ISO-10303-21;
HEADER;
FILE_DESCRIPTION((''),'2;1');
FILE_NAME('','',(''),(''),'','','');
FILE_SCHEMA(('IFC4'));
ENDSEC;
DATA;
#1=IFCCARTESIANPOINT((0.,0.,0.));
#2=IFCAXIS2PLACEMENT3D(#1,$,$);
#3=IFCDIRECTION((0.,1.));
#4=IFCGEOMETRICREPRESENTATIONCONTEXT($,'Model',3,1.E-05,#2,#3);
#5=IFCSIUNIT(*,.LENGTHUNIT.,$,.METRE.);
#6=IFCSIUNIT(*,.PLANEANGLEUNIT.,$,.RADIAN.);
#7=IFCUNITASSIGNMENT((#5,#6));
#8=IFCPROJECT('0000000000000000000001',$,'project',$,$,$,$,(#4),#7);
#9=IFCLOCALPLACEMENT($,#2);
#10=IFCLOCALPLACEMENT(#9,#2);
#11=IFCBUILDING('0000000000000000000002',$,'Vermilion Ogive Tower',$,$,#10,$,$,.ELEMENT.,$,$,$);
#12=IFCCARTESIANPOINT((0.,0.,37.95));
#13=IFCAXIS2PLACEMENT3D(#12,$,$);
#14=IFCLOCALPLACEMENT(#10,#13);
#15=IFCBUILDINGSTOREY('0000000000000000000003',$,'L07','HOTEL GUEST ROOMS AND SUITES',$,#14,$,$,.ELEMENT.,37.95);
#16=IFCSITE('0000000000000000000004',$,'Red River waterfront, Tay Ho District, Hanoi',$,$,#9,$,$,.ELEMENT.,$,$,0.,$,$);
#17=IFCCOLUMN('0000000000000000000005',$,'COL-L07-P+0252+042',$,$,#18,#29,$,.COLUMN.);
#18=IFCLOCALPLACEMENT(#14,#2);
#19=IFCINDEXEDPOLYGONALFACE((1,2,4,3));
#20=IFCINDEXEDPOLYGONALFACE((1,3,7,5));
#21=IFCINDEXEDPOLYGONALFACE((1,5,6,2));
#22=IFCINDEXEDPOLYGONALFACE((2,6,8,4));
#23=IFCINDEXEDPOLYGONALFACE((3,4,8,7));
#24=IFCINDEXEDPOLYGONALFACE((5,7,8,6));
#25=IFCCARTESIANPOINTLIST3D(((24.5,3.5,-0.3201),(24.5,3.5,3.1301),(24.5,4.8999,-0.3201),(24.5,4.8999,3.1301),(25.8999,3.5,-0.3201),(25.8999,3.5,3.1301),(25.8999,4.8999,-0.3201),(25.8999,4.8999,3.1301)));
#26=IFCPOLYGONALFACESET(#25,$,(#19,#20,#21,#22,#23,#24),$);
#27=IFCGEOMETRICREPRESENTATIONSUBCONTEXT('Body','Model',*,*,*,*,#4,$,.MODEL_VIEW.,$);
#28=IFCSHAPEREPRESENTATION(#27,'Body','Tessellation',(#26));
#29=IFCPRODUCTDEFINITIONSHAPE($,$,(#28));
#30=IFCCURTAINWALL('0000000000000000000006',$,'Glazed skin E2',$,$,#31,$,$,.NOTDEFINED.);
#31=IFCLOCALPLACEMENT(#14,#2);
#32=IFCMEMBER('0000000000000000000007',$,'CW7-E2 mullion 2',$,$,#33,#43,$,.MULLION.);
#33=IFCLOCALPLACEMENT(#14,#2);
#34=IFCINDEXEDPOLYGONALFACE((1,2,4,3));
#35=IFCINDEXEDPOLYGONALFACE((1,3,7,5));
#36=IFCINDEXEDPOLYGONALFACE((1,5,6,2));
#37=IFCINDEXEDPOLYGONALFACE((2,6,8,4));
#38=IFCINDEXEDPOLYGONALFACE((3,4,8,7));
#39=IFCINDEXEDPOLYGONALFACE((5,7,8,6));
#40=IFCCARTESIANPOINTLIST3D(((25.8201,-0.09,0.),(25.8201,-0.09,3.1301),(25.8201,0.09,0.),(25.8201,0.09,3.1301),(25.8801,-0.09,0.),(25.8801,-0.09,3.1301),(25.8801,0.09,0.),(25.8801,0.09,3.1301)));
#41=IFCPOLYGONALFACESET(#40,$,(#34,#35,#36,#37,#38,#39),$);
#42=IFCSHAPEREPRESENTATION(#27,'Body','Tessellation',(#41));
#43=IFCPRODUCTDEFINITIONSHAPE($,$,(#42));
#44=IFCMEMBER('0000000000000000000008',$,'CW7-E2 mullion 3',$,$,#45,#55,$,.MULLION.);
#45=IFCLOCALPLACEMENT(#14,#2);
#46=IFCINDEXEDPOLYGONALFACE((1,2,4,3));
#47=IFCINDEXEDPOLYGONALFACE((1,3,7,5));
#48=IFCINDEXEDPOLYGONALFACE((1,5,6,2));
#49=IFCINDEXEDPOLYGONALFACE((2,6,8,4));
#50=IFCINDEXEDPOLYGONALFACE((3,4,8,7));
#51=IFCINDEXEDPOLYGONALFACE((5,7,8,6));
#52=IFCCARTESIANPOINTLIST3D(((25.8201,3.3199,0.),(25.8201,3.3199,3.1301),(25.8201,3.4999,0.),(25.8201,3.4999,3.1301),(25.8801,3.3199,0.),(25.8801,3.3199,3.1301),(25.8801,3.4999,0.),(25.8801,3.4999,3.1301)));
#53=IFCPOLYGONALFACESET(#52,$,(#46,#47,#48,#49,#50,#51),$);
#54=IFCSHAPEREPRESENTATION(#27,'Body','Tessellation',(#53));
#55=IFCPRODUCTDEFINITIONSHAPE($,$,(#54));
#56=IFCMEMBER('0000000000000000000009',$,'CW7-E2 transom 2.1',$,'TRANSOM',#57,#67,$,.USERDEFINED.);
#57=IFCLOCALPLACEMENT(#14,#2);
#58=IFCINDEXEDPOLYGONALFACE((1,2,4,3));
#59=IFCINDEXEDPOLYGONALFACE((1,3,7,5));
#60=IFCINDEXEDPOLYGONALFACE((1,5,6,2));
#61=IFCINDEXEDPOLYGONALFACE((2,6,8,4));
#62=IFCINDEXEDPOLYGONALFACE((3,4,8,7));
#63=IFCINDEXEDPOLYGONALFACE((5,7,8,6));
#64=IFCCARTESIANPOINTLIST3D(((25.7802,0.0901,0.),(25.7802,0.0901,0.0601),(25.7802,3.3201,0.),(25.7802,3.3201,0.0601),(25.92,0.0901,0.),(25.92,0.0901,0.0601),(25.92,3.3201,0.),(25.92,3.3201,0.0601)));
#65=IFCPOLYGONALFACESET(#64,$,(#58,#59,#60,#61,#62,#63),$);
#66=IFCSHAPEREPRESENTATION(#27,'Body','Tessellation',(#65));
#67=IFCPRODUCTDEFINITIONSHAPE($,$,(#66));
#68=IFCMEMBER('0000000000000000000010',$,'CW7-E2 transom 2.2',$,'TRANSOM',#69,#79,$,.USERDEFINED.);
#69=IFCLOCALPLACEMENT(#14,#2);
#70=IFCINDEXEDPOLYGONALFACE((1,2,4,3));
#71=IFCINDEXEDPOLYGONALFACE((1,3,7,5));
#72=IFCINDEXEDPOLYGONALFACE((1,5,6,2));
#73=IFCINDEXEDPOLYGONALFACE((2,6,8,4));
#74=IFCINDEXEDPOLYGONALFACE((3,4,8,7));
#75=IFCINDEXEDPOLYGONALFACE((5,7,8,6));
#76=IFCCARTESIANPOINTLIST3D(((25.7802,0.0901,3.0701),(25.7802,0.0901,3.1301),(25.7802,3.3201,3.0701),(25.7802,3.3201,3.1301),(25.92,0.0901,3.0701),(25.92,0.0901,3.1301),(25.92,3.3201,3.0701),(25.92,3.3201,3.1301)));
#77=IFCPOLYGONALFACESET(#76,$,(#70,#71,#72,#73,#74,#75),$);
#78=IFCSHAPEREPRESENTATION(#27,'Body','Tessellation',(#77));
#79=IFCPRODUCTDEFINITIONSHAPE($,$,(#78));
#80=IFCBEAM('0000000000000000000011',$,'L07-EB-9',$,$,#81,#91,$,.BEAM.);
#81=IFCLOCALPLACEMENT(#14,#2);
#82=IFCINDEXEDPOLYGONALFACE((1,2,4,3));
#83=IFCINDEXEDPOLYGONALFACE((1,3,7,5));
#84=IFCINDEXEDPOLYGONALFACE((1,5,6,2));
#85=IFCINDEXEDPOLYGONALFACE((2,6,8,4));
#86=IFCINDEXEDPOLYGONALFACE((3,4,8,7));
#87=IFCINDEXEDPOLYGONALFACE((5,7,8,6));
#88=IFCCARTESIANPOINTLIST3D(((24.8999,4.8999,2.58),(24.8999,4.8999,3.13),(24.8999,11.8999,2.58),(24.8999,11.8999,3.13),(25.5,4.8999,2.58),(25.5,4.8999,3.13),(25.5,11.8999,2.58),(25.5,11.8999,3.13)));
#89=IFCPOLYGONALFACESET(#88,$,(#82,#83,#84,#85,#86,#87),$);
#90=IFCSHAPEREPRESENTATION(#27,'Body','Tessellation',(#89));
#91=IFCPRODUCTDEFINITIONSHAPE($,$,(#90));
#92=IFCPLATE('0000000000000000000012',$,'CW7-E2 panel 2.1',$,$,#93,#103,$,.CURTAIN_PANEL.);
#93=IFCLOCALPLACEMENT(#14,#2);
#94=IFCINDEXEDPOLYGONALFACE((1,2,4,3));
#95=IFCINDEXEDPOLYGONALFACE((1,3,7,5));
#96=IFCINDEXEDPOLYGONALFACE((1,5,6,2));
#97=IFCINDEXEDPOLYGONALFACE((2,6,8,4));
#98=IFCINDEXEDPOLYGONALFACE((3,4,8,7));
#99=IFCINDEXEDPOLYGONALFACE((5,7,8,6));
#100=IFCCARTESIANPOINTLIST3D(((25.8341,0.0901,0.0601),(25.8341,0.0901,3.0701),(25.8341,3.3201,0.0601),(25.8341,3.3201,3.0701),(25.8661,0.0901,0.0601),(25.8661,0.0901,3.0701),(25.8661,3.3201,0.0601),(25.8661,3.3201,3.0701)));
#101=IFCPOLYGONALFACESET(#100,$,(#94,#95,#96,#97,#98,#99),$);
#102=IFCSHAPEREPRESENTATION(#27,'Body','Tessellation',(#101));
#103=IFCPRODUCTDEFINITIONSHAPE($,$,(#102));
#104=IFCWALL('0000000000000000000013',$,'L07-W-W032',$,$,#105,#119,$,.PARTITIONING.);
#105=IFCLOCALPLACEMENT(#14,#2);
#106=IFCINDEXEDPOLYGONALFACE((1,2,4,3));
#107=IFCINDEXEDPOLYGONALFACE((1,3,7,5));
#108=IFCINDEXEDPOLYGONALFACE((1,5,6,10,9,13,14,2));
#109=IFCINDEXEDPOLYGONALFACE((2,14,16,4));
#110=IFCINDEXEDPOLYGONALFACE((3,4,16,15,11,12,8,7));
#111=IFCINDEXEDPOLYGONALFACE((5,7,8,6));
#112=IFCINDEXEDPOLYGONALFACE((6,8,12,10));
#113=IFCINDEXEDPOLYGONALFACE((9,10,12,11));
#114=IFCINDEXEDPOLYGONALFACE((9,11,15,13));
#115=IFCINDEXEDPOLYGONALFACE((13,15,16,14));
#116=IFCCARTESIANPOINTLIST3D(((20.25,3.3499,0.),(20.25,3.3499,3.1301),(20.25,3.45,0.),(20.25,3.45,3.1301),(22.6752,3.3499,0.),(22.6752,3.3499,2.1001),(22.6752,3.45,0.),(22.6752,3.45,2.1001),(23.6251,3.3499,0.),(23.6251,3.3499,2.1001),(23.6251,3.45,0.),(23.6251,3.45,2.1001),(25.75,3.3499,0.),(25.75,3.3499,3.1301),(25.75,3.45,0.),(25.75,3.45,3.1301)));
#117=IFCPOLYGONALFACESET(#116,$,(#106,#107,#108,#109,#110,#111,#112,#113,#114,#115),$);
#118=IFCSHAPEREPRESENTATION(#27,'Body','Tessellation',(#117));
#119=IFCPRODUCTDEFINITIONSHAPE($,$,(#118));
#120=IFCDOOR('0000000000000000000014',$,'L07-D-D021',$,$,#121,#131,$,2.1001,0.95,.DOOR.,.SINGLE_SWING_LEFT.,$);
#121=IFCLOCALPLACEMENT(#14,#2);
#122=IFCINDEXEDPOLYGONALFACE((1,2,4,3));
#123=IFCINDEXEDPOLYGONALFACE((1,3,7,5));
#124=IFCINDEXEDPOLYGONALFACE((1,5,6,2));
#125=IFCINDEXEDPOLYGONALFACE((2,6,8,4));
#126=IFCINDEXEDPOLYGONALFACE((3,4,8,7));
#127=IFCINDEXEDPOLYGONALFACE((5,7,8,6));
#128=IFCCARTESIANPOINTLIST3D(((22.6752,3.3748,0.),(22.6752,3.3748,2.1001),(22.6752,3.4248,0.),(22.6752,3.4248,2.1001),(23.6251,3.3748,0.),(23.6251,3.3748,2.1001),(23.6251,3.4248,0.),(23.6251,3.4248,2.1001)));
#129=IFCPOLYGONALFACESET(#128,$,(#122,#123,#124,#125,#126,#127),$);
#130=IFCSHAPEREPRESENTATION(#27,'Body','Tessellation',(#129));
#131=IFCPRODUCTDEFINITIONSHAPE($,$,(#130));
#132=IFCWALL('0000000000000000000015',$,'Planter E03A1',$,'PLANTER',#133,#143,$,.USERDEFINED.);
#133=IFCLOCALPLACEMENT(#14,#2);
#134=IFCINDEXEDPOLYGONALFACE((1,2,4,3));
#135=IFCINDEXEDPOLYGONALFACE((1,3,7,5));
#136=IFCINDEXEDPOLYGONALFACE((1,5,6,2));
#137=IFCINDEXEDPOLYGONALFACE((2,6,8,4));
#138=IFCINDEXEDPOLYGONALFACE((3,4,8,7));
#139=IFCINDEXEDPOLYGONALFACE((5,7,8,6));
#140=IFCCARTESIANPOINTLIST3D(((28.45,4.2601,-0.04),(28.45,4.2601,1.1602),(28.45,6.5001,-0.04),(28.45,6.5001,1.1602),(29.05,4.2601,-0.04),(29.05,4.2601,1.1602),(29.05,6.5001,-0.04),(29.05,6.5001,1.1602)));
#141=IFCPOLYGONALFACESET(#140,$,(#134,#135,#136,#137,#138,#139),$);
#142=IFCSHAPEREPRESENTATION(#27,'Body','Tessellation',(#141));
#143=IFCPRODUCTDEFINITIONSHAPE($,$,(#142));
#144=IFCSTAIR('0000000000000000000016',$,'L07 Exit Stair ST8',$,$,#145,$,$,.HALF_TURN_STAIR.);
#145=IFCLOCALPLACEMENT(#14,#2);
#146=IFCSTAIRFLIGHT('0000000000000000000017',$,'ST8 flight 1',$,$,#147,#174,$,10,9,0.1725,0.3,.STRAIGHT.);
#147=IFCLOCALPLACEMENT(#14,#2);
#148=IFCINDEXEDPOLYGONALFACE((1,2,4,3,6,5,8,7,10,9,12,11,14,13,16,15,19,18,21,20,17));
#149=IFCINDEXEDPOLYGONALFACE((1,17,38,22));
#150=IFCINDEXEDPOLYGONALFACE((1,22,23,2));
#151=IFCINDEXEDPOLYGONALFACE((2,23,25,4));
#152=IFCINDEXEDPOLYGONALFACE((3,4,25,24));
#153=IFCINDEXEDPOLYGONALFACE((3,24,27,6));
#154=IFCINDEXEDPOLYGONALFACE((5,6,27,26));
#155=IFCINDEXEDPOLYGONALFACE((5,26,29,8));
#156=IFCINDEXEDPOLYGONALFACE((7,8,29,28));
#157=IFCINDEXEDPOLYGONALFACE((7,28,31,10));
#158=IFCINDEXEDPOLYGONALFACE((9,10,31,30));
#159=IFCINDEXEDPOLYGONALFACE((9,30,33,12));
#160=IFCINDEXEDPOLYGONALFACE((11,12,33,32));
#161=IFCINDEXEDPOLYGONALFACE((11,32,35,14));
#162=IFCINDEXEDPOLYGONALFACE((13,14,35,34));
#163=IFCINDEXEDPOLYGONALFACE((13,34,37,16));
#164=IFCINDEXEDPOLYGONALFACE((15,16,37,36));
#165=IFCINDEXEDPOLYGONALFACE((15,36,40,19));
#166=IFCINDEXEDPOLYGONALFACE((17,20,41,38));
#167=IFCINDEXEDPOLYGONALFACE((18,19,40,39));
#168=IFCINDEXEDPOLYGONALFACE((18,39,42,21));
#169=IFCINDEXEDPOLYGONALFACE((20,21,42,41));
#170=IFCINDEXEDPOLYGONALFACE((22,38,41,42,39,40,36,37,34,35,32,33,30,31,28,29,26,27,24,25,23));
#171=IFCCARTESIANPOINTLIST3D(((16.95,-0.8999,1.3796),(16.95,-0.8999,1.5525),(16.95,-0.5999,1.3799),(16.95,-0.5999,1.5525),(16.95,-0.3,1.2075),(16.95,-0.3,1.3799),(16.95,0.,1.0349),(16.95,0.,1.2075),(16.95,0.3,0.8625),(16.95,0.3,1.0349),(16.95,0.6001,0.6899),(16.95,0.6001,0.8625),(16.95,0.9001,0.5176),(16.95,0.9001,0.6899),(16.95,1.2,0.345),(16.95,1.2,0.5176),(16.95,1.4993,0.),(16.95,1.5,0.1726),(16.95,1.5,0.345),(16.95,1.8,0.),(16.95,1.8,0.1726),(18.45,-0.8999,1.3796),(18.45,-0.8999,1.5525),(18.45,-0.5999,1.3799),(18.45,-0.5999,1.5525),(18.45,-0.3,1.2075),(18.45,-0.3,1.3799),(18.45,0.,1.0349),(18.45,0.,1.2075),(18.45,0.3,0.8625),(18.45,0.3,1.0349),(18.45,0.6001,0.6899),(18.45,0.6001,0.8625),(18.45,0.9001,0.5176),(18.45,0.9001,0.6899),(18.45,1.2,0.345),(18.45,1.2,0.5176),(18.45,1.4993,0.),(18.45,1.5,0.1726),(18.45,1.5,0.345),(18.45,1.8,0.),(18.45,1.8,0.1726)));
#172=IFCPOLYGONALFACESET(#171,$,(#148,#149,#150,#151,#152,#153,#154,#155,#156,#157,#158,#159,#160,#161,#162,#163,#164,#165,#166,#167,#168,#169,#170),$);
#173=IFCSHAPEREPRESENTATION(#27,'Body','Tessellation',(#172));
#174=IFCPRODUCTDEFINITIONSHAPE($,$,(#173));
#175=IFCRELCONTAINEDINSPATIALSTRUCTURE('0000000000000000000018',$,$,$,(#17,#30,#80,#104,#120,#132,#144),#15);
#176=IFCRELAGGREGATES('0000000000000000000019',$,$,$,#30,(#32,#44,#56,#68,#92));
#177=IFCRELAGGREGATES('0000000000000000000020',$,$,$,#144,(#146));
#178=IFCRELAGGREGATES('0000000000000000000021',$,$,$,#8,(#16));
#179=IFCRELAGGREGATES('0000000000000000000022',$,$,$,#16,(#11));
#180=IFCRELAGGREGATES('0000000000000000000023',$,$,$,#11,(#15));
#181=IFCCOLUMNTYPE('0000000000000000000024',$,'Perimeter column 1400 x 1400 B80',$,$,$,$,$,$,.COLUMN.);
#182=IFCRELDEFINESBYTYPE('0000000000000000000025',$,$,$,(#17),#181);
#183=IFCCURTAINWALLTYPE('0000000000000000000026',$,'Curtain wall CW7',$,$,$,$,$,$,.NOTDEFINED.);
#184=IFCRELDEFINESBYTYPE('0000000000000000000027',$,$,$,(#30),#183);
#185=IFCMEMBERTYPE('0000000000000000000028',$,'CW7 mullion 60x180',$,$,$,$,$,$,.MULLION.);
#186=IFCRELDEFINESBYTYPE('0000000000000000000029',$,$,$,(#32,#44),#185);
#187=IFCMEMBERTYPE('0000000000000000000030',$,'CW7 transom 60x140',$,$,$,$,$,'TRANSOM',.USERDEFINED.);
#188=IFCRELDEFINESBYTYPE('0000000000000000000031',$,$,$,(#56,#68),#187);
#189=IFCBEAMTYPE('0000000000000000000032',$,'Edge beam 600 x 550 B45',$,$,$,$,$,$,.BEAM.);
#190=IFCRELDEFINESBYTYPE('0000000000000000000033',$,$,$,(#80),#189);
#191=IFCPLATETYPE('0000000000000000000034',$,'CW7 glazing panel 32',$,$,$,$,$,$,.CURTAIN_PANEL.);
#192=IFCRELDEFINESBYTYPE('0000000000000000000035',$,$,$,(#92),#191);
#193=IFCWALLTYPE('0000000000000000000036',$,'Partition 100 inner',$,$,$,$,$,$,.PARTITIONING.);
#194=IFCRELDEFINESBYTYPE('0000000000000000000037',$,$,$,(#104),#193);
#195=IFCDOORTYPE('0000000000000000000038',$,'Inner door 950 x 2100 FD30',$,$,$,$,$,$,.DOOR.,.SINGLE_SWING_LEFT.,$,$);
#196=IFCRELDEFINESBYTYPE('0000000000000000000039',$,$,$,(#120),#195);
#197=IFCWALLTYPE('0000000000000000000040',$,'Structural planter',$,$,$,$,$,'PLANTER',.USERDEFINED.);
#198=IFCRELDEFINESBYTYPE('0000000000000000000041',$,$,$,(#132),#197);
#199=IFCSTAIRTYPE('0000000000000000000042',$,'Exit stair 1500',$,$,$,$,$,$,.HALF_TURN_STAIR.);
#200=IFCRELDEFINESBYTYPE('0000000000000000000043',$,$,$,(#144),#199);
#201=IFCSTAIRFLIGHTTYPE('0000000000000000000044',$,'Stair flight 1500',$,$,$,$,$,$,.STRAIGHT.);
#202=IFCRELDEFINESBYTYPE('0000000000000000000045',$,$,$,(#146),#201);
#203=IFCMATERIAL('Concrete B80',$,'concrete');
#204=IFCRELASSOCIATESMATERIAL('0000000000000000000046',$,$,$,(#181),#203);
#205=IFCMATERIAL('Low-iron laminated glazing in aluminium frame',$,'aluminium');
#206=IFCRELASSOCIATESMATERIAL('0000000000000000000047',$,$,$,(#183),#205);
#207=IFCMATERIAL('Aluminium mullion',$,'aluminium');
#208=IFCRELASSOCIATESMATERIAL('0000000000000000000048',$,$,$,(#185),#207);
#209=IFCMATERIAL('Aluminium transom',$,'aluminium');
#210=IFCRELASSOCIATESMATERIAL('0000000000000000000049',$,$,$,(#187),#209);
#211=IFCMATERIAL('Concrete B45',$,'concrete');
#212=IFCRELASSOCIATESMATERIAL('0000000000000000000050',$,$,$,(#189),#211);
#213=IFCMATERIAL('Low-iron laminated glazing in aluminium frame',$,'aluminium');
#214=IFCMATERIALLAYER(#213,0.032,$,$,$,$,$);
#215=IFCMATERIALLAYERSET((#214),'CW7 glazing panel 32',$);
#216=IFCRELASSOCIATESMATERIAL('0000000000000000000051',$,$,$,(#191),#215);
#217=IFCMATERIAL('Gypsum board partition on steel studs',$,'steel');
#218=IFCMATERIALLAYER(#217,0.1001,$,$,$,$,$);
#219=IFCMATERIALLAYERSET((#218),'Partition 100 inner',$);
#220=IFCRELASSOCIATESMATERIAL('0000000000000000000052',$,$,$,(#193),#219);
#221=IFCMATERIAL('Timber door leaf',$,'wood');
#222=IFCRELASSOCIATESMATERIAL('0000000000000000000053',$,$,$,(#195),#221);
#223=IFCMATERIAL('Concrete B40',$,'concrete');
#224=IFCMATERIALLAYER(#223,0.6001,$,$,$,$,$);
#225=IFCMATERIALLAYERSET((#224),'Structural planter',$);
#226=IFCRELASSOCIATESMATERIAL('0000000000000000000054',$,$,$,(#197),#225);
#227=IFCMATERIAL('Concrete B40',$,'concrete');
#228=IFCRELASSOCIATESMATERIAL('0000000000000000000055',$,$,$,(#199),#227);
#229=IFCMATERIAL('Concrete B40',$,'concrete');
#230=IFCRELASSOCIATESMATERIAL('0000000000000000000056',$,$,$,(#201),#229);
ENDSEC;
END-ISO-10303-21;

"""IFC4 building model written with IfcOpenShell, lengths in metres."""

from ifc_helpers import new_model, si_unit, direction, frame, frame_2d, origin, origin_2d, place, context, subcontext, project, spatial, polyline, rectangle, outline, extrude, material, layer, layer_set, material_profile, profile_set, type_object, element, fill, aggregate, save


model = new_model("IFC4")

# Units and contexts
model_context = context("Model", 3, precision=1e-05, world=origin(), true_north=direction((0.0, 1.0)))
body_context = subcontext(model_context, "Body", "Model", "MODEL_VIEW")
ifc_project = project(units=[si_unit("LENGTHUNIT", "METRE"), si_unit("PLANEANGLEUNIT", "RADIAN")], contexts=[model_context])

# Site, building, storey
site_placement = place(None, origin())
site = spatial("IfcSite", under=ifc_project, at=site_placement, Name="Red River waterfront, Tay Ho District, Hanoi", CompositionType="ELEMENT", RefElevation=0.0)
building_placement = place(site_placement, origin())
building = spatial("IfcBuilding", under=site, at=building_placement, Name="Vermilion Ogive Tower", CompositionType="ELEMENT")
storey_placement = place(building_placement, frame((0.0, 0.0, 37.95)))
storey = spatial("IfcBuildingStorey", under=building, at=storey_placement, Name="L07", Description="HOTEL GUEST ROOMS AND SUITES", CompositionType="ELEMENT", Elevation=37.95)

# Column
ifc_material_1 = material(Name="Concrete B80", Category="concrete")
ifc_material_profile_1 = material_profile(ifc_material_1, rectangle(XDim=1.3999, YDim=1.3999, at=origin_2d()), Name="1400 x 1400")
ifc_profile_set_1 = profile_set([ifc_material_profile_1], Name="Concrete B80")
column_type = type_object("IfcColumnType", Name="Perimeter column 1400 x 1400 B80", PredefinedType="COLUMN", material=ifc_profile_set_1)
column_placement = place(storey_placement, frame((25.2, 4.2, -0.3201), z_axis=(0.0, 0.0, 1.0), x_axis=(1.0, 0.0, 0.0)))
element("IfcColumn", 1, at=column_placement, inside=storey, type_object=column_type, Name="COL-L07-P+0252+042", PredefinedType="COLUMN", context=body_context, shape_type="SweptSolid", body=[
    extrude(rectangle(XDim=1.3999, YDim=1.3999, at=origin_2d()), origin(), (0.0, 0.0, 1.0), 3.4502),
])

# Curtain wall, members
ifc_material_2 = material(Name="Low-iron laminated glazing in aluminium frame", Category="aluminium")
curtain_wall_type = type_object("IfcCurtainWallType", Name="Curtain wall CW7", PredefinedType="NOTDEFINED", material=ifc_material_2)
curtain_wall_placement = place(storey_placement, origin())
curtain_wall = element("IfcCurtainWall", 2, at=curtain_wall_placement, inside=storey, type_object=curtain_wall_type, Name="Glazed skin E2", PredefinedType="NOTDEFINED")
ifc_material_3 = material(Name="Aluminium mullion", Category="aluminium")
ifc_material_profile_2 = material_profile(ifc_material_3, rectangle(XDim=0.0601, YDim=0.1799, at=origin_2d()), Name="AL 60x180")
ifc_profile_set_2 = profile_set([ifc_material_profile_2], Name="Aluminium mullion")
member_type_1 = type_object("IfcMemberType", Name="CW7 mullion 60x180", PredefinedType="MULLION", material=ifc_profile_set_2)
member_1_placement = place(storey_placement, frame((25.8501, 0.0, 0.0), z_axis=(0.0, 0.0, 1.0), x_axis=(-1.0, 0.0, 0.0)))
member_1 = element("IfcMember", 3, at=member_1_placement, type_object=member_type_1, Name="CW7-E2 mullion 2", PredefinedType="MULLION", context=body_context, shape_type="SweptSolid", body=[
    extrude(rectangle(XDim=0.0601, YDim=0.1799, at=origin_2d()), origin(), (0.0, 0.0, 1.0), 3.1301),
])
member_2_placement = place(storey_placement, frame((25.8501, 3.4099, 0.0), z_axis=(0.0, 0.0, 1.0), x_axis=(-1.0, 0.0, 0.0)))
member_2 = element("IfcMember", 4, at=member_2_placement, type_object=member_type_1, Name="CW7-E2 mullion 3", PredefinedType="MULLION", context=body_context, shape_type="SweptSolid", body=[
    extrude(rectangle(XDim=0.0601, YDim=0.1799, at=origin_2d()), origin(), (0.0, 0.0, 1.0), 3.1301),
])
ifc_material_4 = material(Name="Aluminium transom", Category="aluminium")
ifc_material_profile_3 = material_profile(ifc_material_4, rectangle(XDim=0.1399, YDim=0.0601, at=origin_2d()), Name="AL 60x140")
ifc_profile_set_3 = profile_set([ifc_material_profile_3], Name="Aluminium transom")
member_type_2 = type_object("IfcMemberType", Name="CW7 transom 60x140", ElementType="TRANSOM", PredefinedType="USERDEFINED", material=ifc_profile_set_3)
member_3_placement = place(storey_placement, frame((25.8501, 0.0901, 0.03), z_axis=(0.0, 1.0, 0.0), x_axis=(-1.0, 0.0, 0.0)))
member_3 = element("IfcMember", 5, at=member_3_placement, type_object=member_type_2, Name="CW7-E2 transom 2.1", ObjectType="TRANSOM", PredefinedType="USERDEFINED", context=body_context, shape_type="SweptSolid", body=[
    extrude(rectangle(XDim=0.1399, YDim=0.0601, at=origin_2d()), origin(), (0.0, 0.0, 1.0), 3.23),
])
member_4_placement = place(storey_placement, frame((25.8501, 0.0901, 3.1001), z_axis=(0.0, 1.0, 0.0), x_axis=(-1.0, 0.0, 0.0)))
member_4 = element("IfcMember", 6, at=member_4_placement, type_object=member_type_2, Name="CW7-E2 transom 2.2", ObjectType="TRANSOM", PredefinedType="USERDEFINED", context=body_context, shape_type="SweptSolid", body=[
    extrude(rectangle(XDim=0.1399, YDim=0.0601, at=origin_2d()), origin(), (0.0, 0.0, 1.0), 3.23),
])

# Beam
ifc_material_5 = material(Name="Concrete B45", Category="concrete")
ifc_material_profile_4 = material_profile(ifc_material_5, rectangle(XDim=0.6001, YDim=0.55, at=origin_2d()), Name="600 x 550")
ifc_profile_set_4 = profile_set([ifc_material_profile_4], Name="Concrete B45")
beam_type = type_object("IfcBeamType", Name="Edge beam 600 x 550 B45", PredefinedType="BEAM", material=ifc_profile_set_4)
beam_placement = place(storey_placement, frame((25.2, 4.8999, 2.855), z_axis=(0.0, 1.0, 0.0), x_axis=(-1.0, 0.0, 0.0)))
element("IfcBeam", 7, at=beam_placement, inside=storey, type_object=beam_type, Name="L07-EB-9", PredefinedType="BEAM", context=body_context, shape_type="SweptSolid", body=[
    extrude(rectangle(XDim=0.6001, YDim=0.55, at=origin_2d()), origin(), (0.0, 0.0, 1.0), 7.0),
])

# Plate
ifc_material_6 = material(Name="Low-iron laminated glazing in aluminium frame", Category="aluminium")
ifc_layer_1 = layer(ifc_material_6, 0.032)
ifc_layer_set_1 = layer_set([ifc_layer_1], Name="CW7 glazing panel 32")
plate_type = type_object("IfcPlateType", Name="CW7 glazing panel 32", PredefinedType="CURTAIN_PANEL", material=ifc_layer_set_1)
plate_placement = place(storey_placement, frame((25.8501, 1.7051, 0.0601), z_axis=(0.0, 0.0, 1.0), x_axis=(0.0, 1.0, 0.0)))
plate = element("IfcPlate", 8, at=plate_placement, type_object=plate_type, Name="CW7-E2 panel 2.1", PredefinedType="CURTAIN_PANEL", context=body_context, shape_type="SweptSolid", body=[
    extrude(rectangle(XDim=3.23, YDim=0.032, at=origin_2d()), origin(), (0.0, 0.0, 1.0), 3.01),
])
aggregate(curtain_wall, [member_1, member_2, member_3, member_4, plate])

# Wall, opening, door
ifc_material_7 = material(Name="Gypsum board partition on steel studs", Category="steel")
ifc_layer_2 = layer(ifc_material_7, 0.1001)
ifc_layer_set_2 = layer_set([ifc_layer_2], Name="Partition 100 inner")
wall_type_1 = type_object("IfcWallType", Name="Partition 100 inner", PredefinedType="PARTITIONING", material=ifc_layer_set_2)
wall_1_placement = place(storey_placement, frame((20.25, 3.3999, 0.0), z_axis=(0.0, 0.0, 1.0), x_axis=(1.0, 0.0, 0.0)))
wall_1 = element("IfcWall", 9, at=wall_1_placement, inside=storey, type_object=wall_type_1, Name="L07-W-W032", PredefinedType="PARTITIONING", context=body_context, shape_type="SweptSolid", body=[
    extrude(rectangle(XDim=5.5, YDim=0.1001, at=frame_2d((2.75, 0.0))), origin(), (0.0, 0.0, 1.0), 3.1301),
])
opening_placement = place(wall_1_placement, frame((2.425, 0.0, 0.0)))
opening = element("IfcOpeningElement", 10, at=opening_placement, cuts=wall_1, PredefinedType="OPENING", context=body_context, shape_type="SweptSolid", body=[
    extrude(rectangle(XDim=0.95, YDim=2.1001, at=frame_2d((0.4751, 1.05))), frame((0.0, 0.0601, 0.0), z_axis=(0.0, -1.0, 0.0), x_axis=(1.0, 0.0, 0.0)), (0.0, 0.0, 1.0), 0.1201),
])
ifc_material_8 = material(Name="Timber door leaf", Category="wood")
door_type = type_object("IfcDoorType", Name="Inner door 950 x 2100 FD30", OperationType="SINGLE_SWING_LEFT", PredefinedType="DOOR", material=ifc_material_8)
door_placement = place(opening_placement, origin())
door = element("IfcDoor", 11, at=door_placement, inside=storey, type_object=door_type, Name="L07-D-D021", OperationType="SINGLE_SWING_LEFT", OverallHeight=2.1001, OverallWidth=0.95, PredefinedType="DOOR", context=body_context, shape_type="SweptSolid", body=[
    extrude(rectangle(XDim=0.95, YDim=2.1001, at=frame_2d((0.4751, 1.05))), frame((0.0, 0.0249, 0.0), z_axis=(0.0, -1.0, 0.0), x_axis=(1.0, 0.0, 0.0)), (0.0, 0.0, 1.0), 0.05),
])
fill(opening, door)

# Wall
ifc_material_9 = material(Name="Concrete B40", Category="concrete")
ifc_layer_3 = layer(ifc_material_9, 0.6001)
ifc_layer_set_3 = layer_set([ifc_layer_3], Name="Structural planter")
wall_type_2 = type_object("IfcWallType", Name="Structural planter", ElementType="PLANTER", PredefinedType="USERDEFINED", material=ifc_layer_set_3)
wall_2_placement = place(storey_placement, frame((28.75, 4.26, -0.04), z_axis=(0.0, 0.0, 1.0), x_axis=(0.0, 1.0, 0.0)))
element("IfcWall", 12, at=wall_2_placement, inside=storey, type_object=wall_type_2, Name="Planter E03A1", ObjectType="PLANTER", PredefinedType="USERDEFINED", context=body_context, shape_type="SweptSolid", body=[
    extrude(rectangle(XDim=2.24, YDim=0.6001, at=frame_2d((1.1201, 0.0))), origin(), (0.0, 0.0, 1.0), 1.2002),
])

# Stair, stair flight
ifc_material_10 = material(Name="Concrete B40", Category="concrete")
stair_type = type_object("IfcStairType", Name="Exit stair 1500", PredefinedType="HALF_TURN_STAIR", material=ifc_material_10)
stair_placement = place(storey_placement, origin())
stair = element("IfcStair", 13, at=stair_placement, inside=storey, type_object=stair_type, Name="L07 Exit Stair ST8", PredefinedType="HALF_TURN_STAIR")
ifc_material_11 = material(Name="Concrete B40", Category="concrete")
stair_flight_type = type_object("IfcStairFlightType", Name="Stair flight 1500", PredefinedType="STRAIGHT", material=ifc_material_11)
stair_flight_placement = place(storey_placement, frame((17.7, 1.8, 0.0), z_axis=(0.0, 0.0, 1.0), x_axis=(0.0, -1.0, 0.0)))
stair_flight = element("IfcStairFlight", 14, at=stair_flight_placement, type_object=stair_flight_type, Name="ST8 flight 1", NumberOfRisers=10, NumberOfTreads=9, PredefinedType="STRAIGHT", RiserHeight=0.1725, TreadLength=0.3, context=body_context, shape_type="SweptSolid", body=[
    extrude(outline(polyline([(0.0, 0.0), (0.0, 0.1726), (0.3, 0.1726), (0.3, 0.345), (0.6001, 0.345), (0.6001, 0.5176), (0.8999, 0.5176), (0.8999, 0.6899), (1.2, 0.6899), (1.2, 0.8625), (1.5, 0.8625), (1.5, 1.0349), (1.8, 1.0349), (1.8, 1.2075), (2.1001, 1.2075), (2.1001, 1.3799), (2.3999, 1.3799), (2.3999, 1.5525), (2.7, 1.5525), (2.7, 1.7251), (2.7, 1.3796), (0.3008, 0.0), (0.0, 0.0)])), frame((0.0, 0.75, 0.0), z_axis=(0.0, -1.0, 0.0), x_axis=(1.0, 0.0, 0.0)), (0.0, 0.0, 1.0), 1.5),
])
aggregate(stair, [stair_flight])

save(model, "model.ifc")
